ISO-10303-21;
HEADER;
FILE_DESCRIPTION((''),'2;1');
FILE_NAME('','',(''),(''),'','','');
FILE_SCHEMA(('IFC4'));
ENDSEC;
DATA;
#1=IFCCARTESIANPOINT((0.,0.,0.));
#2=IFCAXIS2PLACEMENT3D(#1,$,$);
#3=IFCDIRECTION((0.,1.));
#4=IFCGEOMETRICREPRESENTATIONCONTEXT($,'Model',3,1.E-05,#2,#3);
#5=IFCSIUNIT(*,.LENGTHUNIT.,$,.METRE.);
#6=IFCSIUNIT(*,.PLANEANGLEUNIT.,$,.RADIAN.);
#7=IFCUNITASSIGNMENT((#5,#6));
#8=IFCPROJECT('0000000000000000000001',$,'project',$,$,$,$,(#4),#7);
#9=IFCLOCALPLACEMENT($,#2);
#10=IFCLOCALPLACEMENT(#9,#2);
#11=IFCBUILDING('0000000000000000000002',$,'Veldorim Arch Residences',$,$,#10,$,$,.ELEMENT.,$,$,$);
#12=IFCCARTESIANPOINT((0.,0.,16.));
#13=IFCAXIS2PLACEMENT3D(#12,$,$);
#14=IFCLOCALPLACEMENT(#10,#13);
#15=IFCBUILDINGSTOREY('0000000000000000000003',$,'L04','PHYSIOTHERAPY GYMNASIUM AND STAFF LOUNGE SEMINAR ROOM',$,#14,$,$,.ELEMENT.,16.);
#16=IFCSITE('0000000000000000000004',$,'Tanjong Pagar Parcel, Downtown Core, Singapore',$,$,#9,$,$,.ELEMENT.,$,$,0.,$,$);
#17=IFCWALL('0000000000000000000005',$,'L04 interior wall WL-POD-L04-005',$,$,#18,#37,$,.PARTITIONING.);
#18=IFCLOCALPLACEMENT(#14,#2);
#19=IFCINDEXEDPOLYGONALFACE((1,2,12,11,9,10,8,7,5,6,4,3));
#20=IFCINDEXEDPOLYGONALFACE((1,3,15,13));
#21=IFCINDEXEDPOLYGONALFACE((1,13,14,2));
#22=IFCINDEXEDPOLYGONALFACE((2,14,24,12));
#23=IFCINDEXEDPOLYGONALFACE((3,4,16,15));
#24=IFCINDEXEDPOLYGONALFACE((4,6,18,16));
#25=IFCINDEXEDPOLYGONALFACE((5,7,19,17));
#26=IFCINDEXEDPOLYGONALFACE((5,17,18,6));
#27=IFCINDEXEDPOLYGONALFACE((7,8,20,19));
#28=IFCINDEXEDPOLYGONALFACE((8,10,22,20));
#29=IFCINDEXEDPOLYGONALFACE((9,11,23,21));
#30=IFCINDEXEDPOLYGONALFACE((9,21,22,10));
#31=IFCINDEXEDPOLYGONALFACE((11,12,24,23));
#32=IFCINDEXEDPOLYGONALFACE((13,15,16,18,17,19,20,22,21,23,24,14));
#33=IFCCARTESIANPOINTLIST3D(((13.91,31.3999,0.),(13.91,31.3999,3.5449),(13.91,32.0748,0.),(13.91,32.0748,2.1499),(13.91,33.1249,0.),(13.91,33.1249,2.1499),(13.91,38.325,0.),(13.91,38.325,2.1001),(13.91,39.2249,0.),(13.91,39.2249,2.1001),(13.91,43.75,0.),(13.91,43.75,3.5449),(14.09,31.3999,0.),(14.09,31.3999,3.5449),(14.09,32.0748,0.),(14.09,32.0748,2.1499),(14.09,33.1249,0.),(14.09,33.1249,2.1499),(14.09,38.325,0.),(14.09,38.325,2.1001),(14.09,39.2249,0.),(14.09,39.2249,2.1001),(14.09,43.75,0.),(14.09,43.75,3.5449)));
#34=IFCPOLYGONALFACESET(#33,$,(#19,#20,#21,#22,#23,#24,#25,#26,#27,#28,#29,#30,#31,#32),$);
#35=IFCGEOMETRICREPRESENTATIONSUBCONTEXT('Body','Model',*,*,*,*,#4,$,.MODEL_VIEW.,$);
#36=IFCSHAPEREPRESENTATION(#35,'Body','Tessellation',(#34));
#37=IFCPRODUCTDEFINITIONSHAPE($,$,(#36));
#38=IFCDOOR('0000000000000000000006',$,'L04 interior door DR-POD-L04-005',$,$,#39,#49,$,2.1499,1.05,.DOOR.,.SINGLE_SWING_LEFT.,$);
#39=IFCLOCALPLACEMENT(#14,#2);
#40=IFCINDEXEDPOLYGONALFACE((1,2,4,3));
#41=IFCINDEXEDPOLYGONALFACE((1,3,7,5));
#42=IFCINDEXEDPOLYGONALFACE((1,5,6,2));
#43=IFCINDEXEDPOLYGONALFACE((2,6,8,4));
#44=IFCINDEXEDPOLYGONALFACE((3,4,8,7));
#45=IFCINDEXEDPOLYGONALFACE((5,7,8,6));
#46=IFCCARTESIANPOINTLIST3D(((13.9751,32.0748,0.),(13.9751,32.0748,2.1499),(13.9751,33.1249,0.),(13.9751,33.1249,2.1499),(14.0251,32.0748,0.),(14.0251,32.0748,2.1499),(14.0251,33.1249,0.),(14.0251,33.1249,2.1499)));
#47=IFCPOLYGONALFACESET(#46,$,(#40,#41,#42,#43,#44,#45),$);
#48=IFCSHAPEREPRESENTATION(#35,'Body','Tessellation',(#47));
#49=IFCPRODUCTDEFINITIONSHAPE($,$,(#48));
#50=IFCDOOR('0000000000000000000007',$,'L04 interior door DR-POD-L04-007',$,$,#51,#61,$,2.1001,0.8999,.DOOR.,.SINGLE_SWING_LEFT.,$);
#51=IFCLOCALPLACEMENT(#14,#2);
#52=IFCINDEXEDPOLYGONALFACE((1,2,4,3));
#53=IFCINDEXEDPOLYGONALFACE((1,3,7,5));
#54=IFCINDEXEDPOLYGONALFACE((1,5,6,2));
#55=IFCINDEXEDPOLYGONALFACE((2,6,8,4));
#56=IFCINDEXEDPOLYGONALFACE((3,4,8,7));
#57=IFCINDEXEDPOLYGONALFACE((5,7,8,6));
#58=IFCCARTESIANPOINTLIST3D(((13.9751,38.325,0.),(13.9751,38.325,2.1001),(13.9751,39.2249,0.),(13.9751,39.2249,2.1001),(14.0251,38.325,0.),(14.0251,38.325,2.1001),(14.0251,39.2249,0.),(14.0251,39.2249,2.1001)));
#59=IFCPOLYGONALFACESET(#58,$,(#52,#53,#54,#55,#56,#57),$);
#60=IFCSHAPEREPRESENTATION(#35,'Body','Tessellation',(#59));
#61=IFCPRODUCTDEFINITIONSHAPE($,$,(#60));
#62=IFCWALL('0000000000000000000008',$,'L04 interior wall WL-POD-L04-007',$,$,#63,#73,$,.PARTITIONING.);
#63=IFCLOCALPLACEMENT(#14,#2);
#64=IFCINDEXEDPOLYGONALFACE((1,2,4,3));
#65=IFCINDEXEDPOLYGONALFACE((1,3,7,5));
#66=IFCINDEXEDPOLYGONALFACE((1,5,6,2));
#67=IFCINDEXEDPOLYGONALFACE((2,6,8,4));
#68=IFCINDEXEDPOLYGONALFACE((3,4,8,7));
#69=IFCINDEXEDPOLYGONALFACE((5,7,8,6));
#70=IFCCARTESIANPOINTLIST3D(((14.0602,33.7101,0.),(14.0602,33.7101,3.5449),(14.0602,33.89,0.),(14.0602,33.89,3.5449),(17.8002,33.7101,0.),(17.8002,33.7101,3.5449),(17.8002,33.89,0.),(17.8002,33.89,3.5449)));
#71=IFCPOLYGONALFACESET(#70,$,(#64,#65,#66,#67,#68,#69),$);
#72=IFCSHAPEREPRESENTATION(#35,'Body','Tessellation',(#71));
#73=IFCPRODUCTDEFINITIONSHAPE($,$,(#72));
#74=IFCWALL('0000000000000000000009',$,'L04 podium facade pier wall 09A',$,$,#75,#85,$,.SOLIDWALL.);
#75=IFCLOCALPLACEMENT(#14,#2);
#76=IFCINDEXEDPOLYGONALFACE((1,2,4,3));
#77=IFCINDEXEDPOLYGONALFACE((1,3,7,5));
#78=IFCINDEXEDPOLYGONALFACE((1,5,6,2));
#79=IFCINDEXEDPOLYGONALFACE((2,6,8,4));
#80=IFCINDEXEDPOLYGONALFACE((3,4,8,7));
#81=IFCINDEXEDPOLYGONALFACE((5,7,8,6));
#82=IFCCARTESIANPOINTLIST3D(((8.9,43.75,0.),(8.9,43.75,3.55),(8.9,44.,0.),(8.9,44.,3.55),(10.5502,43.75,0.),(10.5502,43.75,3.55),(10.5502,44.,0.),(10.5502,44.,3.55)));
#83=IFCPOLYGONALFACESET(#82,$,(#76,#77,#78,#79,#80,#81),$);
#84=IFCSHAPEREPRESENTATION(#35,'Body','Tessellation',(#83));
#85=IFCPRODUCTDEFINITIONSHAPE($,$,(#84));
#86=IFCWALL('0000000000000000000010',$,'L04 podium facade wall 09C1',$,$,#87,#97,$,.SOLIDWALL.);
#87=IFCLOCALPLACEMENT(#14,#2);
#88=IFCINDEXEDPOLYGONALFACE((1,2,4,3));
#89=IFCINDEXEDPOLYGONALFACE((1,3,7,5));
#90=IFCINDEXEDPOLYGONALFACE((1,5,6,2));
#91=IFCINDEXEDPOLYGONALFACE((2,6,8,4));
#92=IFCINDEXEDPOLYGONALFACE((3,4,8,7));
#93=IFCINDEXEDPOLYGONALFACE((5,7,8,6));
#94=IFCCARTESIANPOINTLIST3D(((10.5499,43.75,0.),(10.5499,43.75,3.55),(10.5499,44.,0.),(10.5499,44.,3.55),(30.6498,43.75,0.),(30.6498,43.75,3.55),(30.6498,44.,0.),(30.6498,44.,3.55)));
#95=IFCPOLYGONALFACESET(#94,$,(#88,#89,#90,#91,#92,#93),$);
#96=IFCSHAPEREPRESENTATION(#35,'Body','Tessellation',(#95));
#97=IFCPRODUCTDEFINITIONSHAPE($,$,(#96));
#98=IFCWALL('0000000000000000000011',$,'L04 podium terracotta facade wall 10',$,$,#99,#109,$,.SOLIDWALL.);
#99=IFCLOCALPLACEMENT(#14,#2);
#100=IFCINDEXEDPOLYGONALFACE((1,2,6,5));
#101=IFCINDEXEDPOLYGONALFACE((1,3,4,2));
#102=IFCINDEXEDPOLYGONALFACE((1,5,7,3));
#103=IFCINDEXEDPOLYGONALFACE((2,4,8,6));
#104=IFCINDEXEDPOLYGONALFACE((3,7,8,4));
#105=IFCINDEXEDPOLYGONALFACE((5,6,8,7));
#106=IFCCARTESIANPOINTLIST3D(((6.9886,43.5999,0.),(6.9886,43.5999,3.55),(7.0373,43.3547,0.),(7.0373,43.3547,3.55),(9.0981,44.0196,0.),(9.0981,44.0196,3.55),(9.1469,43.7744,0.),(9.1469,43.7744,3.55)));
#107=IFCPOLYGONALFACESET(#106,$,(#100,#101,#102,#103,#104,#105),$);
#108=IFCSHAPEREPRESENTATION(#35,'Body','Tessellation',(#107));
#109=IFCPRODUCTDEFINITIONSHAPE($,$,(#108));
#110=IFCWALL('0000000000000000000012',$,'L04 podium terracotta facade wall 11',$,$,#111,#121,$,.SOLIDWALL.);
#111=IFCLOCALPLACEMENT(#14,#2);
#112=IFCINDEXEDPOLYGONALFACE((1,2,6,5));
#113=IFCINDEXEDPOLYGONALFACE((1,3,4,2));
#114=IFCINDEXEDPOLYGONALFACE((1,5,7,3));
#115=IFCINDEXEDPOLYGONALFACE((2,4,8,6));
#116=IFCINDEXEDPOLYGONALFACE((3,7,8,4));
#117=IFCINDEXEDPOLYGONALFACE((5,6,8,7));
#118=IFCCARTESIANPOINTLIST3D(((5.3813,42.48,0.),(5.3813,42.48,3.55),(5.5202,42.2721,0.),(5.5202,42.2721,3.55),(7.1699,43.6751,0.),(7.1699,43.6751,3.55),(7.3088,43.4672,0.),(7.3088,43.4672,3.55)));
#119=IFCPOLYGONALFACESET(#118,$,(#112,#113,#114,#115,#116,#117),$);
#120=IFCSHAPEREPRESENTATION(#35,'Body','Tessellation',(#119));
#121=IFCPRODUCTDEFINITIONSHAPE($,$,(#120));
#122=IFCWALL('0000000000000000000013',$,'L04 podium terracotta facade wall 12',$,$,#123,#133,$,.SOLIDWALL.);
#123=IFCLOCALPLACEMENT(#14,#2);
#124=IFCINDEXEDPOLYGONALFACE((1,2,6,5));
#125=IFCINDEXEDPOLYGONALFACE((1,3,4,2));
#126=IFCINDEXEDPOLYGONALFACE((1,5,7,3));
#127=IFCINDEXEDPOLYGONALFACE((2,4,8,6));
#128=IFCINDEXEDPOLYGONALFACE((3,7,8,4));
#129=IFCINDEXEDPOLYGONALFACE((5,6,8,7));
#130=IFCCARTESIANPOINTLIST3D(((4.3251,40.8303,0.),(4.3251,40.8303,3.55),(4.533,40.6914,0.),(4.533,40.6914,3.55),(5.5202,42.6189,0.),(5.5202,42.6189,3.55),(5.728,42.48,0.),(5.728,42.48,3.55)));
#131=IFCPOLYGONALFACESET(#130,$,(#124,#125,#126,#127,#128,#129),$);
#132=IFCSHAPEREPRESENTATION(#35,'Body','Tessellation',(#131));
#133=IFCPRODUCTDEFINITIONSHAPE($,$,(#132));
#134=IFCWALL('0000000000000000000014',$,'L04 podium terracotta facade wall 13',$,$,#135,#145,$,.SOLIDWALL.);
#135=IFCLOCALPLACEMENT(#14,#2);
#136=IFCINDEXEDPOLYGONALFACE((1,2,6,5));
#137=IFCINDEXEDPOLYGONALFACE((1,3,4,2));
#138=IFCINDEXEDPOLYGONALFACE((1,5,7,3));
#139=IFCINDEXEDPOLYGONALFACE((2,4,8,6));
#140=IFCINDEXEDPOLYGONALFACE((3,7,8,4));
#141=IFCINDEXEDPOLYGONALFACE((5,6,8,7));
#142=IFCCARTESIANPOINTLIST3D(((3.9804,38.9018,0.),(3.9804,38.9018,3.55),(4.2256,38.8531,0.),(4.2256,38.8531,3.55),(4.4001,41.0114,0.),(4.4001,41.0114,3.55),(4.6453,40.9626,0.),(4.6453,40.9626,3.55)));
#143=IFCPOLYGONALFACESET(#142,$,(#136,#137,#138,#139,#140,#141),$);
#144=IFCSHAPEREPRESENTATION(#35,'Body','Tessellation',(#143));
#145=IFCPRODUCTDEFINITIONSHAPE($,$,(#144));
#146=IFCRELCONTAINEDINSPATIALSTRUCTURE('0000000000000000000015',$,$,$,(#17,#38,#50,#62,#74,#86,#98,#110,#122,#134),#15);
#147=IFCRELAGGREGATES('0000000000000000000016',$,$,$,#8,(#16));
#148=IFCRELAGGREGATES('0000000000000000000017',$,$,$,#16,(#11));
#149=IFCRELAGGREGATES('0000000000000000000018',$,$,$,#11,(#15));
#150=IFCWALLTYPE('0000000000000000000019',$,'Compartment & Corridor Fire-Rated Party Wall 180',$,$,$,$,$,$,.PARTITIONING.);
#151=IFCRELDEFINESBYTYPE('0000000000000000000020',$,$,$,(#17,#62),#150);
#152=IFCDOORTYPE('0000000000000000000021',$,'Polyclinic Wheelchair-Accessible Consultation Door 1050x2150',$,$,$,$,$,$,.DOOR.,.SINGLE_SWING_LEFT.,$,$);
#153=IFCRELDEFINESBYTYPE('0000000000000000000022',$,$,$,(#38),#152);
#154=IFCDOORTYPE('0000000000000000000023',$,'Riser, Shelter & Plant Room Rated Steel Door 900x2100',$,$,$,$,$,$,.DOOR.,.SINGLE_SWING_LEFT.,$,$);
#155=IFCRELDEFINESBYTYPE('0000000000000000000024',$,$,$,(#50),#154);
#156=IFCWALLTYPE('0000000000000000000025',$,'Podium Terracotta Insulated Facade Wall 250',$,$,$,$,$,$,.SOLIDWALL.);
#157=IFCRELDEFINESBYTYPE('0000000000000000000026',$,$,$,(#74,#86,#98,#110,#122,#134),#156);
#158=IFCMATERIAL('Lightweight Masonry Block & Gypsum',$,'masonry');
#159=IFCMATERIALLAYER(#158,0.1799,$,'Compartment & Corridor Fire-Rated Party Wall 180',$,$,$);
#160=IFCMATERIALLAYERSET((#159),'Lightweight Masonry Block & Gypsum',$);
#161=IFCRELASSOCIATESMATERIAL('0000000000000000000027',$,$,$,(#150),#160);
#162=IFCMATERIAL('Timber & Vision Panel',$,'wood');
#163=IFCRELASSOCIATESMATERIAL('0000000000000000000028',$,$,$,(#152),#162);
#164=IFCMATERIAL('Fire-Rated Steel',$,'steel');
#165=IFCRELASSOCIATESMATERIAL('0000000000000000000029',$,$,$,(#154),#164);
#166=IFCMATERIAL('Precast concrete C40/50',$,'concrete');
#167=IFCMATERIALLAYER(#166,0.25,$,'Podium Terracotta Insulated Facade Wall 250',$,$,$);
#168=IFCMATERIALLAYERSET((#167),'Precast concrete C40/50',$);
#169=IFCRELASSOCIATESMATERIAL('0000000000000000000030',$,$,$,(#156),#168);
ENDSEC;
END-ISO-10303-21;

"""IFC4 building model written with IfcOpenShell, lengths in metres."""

from ifc_helpers import new_model, si_unit, direction, frame, frame_2d, origin, place, context, subcontext, project, spatial, rectangle, extrude, material, layer, layer_set, type_object, element, fill, save


model = new_model("IFC4")

# Units and contexts
model_context = context("Model", 3, precision=1e-05, world=origin(), true_north=direction((0.0, 1.0)))
body_context = subcontext(model_context, "Body", "Model", "MODEL_VIEW")
ifc_project = project(units=[si_unit("LENGTHUNIT", "METRE"), si_unit("PLANEANGLEUNIT", "RADIAN")], contexts=[model_context])

# Site, building, storey
site_placement = place(None, origin())
site = spatial("IfcSite", under=ifc_project, at=site_placement, Name="Tanjong Pagar Parcel, Downtown Core, Singapore", CompositionType="ELEMENT", RefElevation=0.0)
building_placement = place(site_placement, origin())
building = spatial("IfcBuilding", under=site, at=building_placement, Name="Veldorim Arch Residences", CompositionType="ELEMENT")
storey_placement = place(building_placement, frame((0.0, 0.0, 16.0)))
storey = spatial("IfcBuildingStorey", under=building, at=storey_placement, Name="L04", Description="PHYSIOTHERAPY GYMNASIUM AND STAFF LOUNGE SEMINAR ROOM", CompositionType="ELEMENT", Elevation=16.0)

# Wall, openings, doors
ifc_material_1 = material(Name="Lightweight Masonry Block & Gypsum", Category="masonry")
ifc_layer_1 = layer(ifc_material_1, 0.1799, Name="Compartment & Corridor Fire-Rated Party Wall 180")
ifc_layer_set_1 = layer_set([ifc_layer_1], Name="Lightweight Masonry Block & Gypsum")
wall_type_1 = type_object("IfcWallType", Name="Compartment & Corridor Fire-Rated Party Wall 180", PredefinedType="PARTITIONING", material=ifc_layer_set_1)
wall_1_placement = place(storey_placement, frame((14.0, 31.3999, 0.0), z_axis=(0.0, 0.0, 1.0), x_axis=(0.0, 1.0, 0.0)))
wall_1 = element("IfcWall", 1, at=wall_1_placement, inside=storey, type_object=wall_type_1, Name="L04 interior wall WL-POD-L04-005", PredefinedType="PARTITIONING", context=body_context, shape_type="SweptSolid", body=[
    extrude(rectangle(XDim=12.3501, YDim=0.1799, at=frame_2d((6.175, 0.0))), origin(), (0.0, 0.0, 1.0), 3.5449),
])
opening_1_placement = place(wall_1_placement, frame((0.675, 0.0, 0.0)))
opening_1 = element("IfcOpeningElement", 2, at=opening_1_placement, cuts=wall_1, PredefinedType="OPENING", context=body_context, shape_type="SweptSolid", body=[
    extrude(rectangle(XDim=1.05, YDim=2.1499, at=frame_2d((0.5249, 1.075))), frame((0.0, 0.0999, 0.0), z_axis=(0.0, -1.0, 0.0), x_axis=(1.0, 0.0, 0.0)), (0.0, 0.0, 1.0), 0.2),
])
opening_2_placement = place(wall_1_placement, frame((6.925, 0.0, 0.0)))
opening_2 = element("IfcOpeningElement", 3, at=opening_2_placement, cuts=wall_1, PredefinedType="OPENING", context=body_context, shape_type="SweptSolid", body=[
    extrude(rectangle(XDim=0.8999, YDim=2.1001, at=frame_2d((0.45, 1.05))), frame((0.0, 0.0999, 0.0), z_axis=(0.0, -1.0, 0.0), x_axis=(1.0, 0.0, 0.0)), (0.0, 0.0, 1.0), 0.2),
])
ifc_material_2 = material(Name="Timber & Vision Panel", Category="wood")
door_type_1 = type_object("IfcDoorType", Name="Polyclinic Wheelchair-Accessible Consultation Door 1050x2150", OperationType="SINGLE_SWING_LEFT", PredefinedType="DOOR", material=ifc_material_2)
door_1_placement = place(opening_1_placement, origin())
door_1 = element("IfcDoor", 4, at=door_1_placement, inside=storey, type_object=door_type_1, Name="L04 interior door DR-POD-L04-005", OperationType="SINGLE_SWING_LEFT", OverallHeight=2.1499, OverallWidth=1.05, PredefinedType="DOOR", context=body_context, shape_type="SweptSolid", body=[
    extrude(rectangle(XDim=1.05, YDim=2.1499, at=frame_2d((0.5249, 1.075))), frame((0.0, 0.0249, 0.0), z_axis=(0.0, -1.0, 0.0), x_axis=(1.0, 0.0, 0.0)), (0.0, 0.0, 1.0), 0.05),
])
fill(opening_1, door_1)
ifc_material_3 = material(Name="Fire-Rated Steel", Category="steel")
door_type_2 = type_object("IfcDoorType", Name="Riser, Shelter & Plant Room Rated Steel Door 900x2100", OperationType="SINGLE_SWING_LEFT", PredefinedType="DOOR", material=ifc_material_3)
door_2_placement = place(opening_2_placement, origin())
door_2 = element("IfcDoor", 5, at=door_2_placement, inside=storey, type_object=door_type_2, Name="L04 interior door DR-POD-L04-007", OperationType="SINGLE_SWING_LEFT", OverallHeight=2.1001, OverallWidth=0.8999, PredefinedType="DOOR", context=body_context, shape_type="SweptSolid", body=[
    extrude(rectangle(XDim=0.8999, YDim=2.1001, at=frame_2d((0.45, 1.05))), frame((0.0, 0.0249, 0.0), z_axis=(0.0, -1.0, 0.0), x_axis=(1.0, 0.0, 0.0)), (0.0, 0.0, 1.0), 0.05),
])
fill(opening_2, door_2)

# Walls
wall_2_placement = place(storey_placement, frame((14.0601, 33.8, 0.0), z_axis=(0.0, 0.0, 1.0), x_axis=(1.0, 0.0, 0.0)))
element("IfcWall", 6, at=wall_2_placement, inside=storey, type_object=wall_type_1, Name="L04 interior wall WL-POD-L04-007", PredefinedType="PARTITIONING", context=body_context, shape_type="SweptSolid", body=[
    extrude(rectangle(XDim=3.74, YDim=0.1799, at=frame_2d((1.8701, 0.0))), origin(), (0.0, 0.0, 1.0), 3.5449),
])
ifc_material_4 = material(Name="Precast concrete C40/50", Category="concrete")
ifc_layer_2 = layer(ifc_material_4, 0.25, Name="Podium Terracotta Insulated Facade Wall 250")
ifc_layer_set_2 = layer_set([ifc_layer_2], Name="Precast concrete C40/50")
wall_type_2 = type_object("IfcWallType", Name="Podium Terracotta Insulated Facade Wall 250", PredefinedType="SOLIDWALL", material=ifc_layer_set_2)
wall_3_placement = place(storey_placement, frame((8.8999, 43.875, 0.0), z_axis=(0.0, 0.0, 1.0), x_axis=(1.0, 0.0, 0.0)))
element("IfcWall", 7, at=wall_3_placement, inside=storey, type_object=wall_type_2, Name="L04 podium facade pier wall 09A", PredefinedType="SOLIDWALL", context=body_context, shape_type="SweptSolid", body=[
    extrude(rectangle(XDim=1.6501, YDim=0.25, at=frame_2d((0.8252, 0.0))), origin(), (0.0, 0.0, 1.0), 3.55),
])
wall_4_placement = place(storey_placement, frame((10.55, 43.875, 0.0), z_axis=(0.0, 0.0, 1.0), x_axis=(1.0, 0.0, 0.0)))
element("IfcWall", 8, at=wall_4_placement, inside=storey, type_object=wall_type_2, Name="L04 podium facade wall 09C1", PredefinedType="SOLIDWALL", context=body_context, shape_type="SweptSolid", body=[
    extrude(rectangle(XDim=20.0999, YDim=0.25, at=frame_2d((10.0498, 0.0))), origin(), (0.0, 0.0, 1.0), 3.55),
])
wall_5_placement = place(storey_placement, frame((7.0129, 43.4773, 0.0), z_axis=(0.0, 0.0, 1.0), x_axis=(0.980781, 0.195112, 0.0)))
element("IfcWall", 9, at=wall_5_placement, inside=storey, type_object=wall_type_2, Name="L04 podium terracotta facade wall 10", PredefinedType="SOLIDWALL", context=body_context, shape_type="SweptSolid", body=[
    extrude(rectangle(XDim=2.1509, YDim=0.25, at=frame_2d((1.0754, 0.0))), origin(), (0.0, 0.0, 1.0), 3.55),
])
for number, where, z_axis, x_axis, name in (
    (10, (5.4507, 42.376, 0.0), (0.0, 0.0, 1.0), (0.831474, 0.555564, 0.0), "L04 podium terracotta facade wall 11"),
    (11, (4.429, 40.7607, 0.0), (0.0, 0.0, 1.0), (0.555564, 0.831474, 0.0), "L04 podium terracotta facade wall 12"),
):
    element("IfcWall", number, at=place(storey_placement, frame(where, z_axis=z_axis, x_axis=x_axis)), inside=storey, type_object=wall_type_2, Name=name, PredefinedType="SOLIDWALL", context=body_context, shape_type="SweptSolid", body=[
        extrude(rectangle(XDim=2.1511, YDim=0.25, at=frame_2d((1.0757, 0.0))), origin(), (0.0, 0.0, 1.0), 3.55),
    ])
wall_6_placement = place(storey_placement, frame((4.103, 38.8774, 0.0), z_axis=(0.0, 0.0, 1.0), x_axis=(0.195112, 0.980781, 0.0)))
element("IfcWall", 12, at=wall_6_placement, inside=storey, type_object=wall_type_2, Name="L04 podium terracotta facade wall 13", PredefinedType="SOLIDWALL", context=body_context, shape_type="SweptSolid", body=[
    extrude(rectangle(XDim=2.1509, YDim=0.25, at=frame_2d((1.0754, 0.0))), origin(), (0.0, 0.0, 1.0), 3.55),
])

save(model, "model.ifc")
